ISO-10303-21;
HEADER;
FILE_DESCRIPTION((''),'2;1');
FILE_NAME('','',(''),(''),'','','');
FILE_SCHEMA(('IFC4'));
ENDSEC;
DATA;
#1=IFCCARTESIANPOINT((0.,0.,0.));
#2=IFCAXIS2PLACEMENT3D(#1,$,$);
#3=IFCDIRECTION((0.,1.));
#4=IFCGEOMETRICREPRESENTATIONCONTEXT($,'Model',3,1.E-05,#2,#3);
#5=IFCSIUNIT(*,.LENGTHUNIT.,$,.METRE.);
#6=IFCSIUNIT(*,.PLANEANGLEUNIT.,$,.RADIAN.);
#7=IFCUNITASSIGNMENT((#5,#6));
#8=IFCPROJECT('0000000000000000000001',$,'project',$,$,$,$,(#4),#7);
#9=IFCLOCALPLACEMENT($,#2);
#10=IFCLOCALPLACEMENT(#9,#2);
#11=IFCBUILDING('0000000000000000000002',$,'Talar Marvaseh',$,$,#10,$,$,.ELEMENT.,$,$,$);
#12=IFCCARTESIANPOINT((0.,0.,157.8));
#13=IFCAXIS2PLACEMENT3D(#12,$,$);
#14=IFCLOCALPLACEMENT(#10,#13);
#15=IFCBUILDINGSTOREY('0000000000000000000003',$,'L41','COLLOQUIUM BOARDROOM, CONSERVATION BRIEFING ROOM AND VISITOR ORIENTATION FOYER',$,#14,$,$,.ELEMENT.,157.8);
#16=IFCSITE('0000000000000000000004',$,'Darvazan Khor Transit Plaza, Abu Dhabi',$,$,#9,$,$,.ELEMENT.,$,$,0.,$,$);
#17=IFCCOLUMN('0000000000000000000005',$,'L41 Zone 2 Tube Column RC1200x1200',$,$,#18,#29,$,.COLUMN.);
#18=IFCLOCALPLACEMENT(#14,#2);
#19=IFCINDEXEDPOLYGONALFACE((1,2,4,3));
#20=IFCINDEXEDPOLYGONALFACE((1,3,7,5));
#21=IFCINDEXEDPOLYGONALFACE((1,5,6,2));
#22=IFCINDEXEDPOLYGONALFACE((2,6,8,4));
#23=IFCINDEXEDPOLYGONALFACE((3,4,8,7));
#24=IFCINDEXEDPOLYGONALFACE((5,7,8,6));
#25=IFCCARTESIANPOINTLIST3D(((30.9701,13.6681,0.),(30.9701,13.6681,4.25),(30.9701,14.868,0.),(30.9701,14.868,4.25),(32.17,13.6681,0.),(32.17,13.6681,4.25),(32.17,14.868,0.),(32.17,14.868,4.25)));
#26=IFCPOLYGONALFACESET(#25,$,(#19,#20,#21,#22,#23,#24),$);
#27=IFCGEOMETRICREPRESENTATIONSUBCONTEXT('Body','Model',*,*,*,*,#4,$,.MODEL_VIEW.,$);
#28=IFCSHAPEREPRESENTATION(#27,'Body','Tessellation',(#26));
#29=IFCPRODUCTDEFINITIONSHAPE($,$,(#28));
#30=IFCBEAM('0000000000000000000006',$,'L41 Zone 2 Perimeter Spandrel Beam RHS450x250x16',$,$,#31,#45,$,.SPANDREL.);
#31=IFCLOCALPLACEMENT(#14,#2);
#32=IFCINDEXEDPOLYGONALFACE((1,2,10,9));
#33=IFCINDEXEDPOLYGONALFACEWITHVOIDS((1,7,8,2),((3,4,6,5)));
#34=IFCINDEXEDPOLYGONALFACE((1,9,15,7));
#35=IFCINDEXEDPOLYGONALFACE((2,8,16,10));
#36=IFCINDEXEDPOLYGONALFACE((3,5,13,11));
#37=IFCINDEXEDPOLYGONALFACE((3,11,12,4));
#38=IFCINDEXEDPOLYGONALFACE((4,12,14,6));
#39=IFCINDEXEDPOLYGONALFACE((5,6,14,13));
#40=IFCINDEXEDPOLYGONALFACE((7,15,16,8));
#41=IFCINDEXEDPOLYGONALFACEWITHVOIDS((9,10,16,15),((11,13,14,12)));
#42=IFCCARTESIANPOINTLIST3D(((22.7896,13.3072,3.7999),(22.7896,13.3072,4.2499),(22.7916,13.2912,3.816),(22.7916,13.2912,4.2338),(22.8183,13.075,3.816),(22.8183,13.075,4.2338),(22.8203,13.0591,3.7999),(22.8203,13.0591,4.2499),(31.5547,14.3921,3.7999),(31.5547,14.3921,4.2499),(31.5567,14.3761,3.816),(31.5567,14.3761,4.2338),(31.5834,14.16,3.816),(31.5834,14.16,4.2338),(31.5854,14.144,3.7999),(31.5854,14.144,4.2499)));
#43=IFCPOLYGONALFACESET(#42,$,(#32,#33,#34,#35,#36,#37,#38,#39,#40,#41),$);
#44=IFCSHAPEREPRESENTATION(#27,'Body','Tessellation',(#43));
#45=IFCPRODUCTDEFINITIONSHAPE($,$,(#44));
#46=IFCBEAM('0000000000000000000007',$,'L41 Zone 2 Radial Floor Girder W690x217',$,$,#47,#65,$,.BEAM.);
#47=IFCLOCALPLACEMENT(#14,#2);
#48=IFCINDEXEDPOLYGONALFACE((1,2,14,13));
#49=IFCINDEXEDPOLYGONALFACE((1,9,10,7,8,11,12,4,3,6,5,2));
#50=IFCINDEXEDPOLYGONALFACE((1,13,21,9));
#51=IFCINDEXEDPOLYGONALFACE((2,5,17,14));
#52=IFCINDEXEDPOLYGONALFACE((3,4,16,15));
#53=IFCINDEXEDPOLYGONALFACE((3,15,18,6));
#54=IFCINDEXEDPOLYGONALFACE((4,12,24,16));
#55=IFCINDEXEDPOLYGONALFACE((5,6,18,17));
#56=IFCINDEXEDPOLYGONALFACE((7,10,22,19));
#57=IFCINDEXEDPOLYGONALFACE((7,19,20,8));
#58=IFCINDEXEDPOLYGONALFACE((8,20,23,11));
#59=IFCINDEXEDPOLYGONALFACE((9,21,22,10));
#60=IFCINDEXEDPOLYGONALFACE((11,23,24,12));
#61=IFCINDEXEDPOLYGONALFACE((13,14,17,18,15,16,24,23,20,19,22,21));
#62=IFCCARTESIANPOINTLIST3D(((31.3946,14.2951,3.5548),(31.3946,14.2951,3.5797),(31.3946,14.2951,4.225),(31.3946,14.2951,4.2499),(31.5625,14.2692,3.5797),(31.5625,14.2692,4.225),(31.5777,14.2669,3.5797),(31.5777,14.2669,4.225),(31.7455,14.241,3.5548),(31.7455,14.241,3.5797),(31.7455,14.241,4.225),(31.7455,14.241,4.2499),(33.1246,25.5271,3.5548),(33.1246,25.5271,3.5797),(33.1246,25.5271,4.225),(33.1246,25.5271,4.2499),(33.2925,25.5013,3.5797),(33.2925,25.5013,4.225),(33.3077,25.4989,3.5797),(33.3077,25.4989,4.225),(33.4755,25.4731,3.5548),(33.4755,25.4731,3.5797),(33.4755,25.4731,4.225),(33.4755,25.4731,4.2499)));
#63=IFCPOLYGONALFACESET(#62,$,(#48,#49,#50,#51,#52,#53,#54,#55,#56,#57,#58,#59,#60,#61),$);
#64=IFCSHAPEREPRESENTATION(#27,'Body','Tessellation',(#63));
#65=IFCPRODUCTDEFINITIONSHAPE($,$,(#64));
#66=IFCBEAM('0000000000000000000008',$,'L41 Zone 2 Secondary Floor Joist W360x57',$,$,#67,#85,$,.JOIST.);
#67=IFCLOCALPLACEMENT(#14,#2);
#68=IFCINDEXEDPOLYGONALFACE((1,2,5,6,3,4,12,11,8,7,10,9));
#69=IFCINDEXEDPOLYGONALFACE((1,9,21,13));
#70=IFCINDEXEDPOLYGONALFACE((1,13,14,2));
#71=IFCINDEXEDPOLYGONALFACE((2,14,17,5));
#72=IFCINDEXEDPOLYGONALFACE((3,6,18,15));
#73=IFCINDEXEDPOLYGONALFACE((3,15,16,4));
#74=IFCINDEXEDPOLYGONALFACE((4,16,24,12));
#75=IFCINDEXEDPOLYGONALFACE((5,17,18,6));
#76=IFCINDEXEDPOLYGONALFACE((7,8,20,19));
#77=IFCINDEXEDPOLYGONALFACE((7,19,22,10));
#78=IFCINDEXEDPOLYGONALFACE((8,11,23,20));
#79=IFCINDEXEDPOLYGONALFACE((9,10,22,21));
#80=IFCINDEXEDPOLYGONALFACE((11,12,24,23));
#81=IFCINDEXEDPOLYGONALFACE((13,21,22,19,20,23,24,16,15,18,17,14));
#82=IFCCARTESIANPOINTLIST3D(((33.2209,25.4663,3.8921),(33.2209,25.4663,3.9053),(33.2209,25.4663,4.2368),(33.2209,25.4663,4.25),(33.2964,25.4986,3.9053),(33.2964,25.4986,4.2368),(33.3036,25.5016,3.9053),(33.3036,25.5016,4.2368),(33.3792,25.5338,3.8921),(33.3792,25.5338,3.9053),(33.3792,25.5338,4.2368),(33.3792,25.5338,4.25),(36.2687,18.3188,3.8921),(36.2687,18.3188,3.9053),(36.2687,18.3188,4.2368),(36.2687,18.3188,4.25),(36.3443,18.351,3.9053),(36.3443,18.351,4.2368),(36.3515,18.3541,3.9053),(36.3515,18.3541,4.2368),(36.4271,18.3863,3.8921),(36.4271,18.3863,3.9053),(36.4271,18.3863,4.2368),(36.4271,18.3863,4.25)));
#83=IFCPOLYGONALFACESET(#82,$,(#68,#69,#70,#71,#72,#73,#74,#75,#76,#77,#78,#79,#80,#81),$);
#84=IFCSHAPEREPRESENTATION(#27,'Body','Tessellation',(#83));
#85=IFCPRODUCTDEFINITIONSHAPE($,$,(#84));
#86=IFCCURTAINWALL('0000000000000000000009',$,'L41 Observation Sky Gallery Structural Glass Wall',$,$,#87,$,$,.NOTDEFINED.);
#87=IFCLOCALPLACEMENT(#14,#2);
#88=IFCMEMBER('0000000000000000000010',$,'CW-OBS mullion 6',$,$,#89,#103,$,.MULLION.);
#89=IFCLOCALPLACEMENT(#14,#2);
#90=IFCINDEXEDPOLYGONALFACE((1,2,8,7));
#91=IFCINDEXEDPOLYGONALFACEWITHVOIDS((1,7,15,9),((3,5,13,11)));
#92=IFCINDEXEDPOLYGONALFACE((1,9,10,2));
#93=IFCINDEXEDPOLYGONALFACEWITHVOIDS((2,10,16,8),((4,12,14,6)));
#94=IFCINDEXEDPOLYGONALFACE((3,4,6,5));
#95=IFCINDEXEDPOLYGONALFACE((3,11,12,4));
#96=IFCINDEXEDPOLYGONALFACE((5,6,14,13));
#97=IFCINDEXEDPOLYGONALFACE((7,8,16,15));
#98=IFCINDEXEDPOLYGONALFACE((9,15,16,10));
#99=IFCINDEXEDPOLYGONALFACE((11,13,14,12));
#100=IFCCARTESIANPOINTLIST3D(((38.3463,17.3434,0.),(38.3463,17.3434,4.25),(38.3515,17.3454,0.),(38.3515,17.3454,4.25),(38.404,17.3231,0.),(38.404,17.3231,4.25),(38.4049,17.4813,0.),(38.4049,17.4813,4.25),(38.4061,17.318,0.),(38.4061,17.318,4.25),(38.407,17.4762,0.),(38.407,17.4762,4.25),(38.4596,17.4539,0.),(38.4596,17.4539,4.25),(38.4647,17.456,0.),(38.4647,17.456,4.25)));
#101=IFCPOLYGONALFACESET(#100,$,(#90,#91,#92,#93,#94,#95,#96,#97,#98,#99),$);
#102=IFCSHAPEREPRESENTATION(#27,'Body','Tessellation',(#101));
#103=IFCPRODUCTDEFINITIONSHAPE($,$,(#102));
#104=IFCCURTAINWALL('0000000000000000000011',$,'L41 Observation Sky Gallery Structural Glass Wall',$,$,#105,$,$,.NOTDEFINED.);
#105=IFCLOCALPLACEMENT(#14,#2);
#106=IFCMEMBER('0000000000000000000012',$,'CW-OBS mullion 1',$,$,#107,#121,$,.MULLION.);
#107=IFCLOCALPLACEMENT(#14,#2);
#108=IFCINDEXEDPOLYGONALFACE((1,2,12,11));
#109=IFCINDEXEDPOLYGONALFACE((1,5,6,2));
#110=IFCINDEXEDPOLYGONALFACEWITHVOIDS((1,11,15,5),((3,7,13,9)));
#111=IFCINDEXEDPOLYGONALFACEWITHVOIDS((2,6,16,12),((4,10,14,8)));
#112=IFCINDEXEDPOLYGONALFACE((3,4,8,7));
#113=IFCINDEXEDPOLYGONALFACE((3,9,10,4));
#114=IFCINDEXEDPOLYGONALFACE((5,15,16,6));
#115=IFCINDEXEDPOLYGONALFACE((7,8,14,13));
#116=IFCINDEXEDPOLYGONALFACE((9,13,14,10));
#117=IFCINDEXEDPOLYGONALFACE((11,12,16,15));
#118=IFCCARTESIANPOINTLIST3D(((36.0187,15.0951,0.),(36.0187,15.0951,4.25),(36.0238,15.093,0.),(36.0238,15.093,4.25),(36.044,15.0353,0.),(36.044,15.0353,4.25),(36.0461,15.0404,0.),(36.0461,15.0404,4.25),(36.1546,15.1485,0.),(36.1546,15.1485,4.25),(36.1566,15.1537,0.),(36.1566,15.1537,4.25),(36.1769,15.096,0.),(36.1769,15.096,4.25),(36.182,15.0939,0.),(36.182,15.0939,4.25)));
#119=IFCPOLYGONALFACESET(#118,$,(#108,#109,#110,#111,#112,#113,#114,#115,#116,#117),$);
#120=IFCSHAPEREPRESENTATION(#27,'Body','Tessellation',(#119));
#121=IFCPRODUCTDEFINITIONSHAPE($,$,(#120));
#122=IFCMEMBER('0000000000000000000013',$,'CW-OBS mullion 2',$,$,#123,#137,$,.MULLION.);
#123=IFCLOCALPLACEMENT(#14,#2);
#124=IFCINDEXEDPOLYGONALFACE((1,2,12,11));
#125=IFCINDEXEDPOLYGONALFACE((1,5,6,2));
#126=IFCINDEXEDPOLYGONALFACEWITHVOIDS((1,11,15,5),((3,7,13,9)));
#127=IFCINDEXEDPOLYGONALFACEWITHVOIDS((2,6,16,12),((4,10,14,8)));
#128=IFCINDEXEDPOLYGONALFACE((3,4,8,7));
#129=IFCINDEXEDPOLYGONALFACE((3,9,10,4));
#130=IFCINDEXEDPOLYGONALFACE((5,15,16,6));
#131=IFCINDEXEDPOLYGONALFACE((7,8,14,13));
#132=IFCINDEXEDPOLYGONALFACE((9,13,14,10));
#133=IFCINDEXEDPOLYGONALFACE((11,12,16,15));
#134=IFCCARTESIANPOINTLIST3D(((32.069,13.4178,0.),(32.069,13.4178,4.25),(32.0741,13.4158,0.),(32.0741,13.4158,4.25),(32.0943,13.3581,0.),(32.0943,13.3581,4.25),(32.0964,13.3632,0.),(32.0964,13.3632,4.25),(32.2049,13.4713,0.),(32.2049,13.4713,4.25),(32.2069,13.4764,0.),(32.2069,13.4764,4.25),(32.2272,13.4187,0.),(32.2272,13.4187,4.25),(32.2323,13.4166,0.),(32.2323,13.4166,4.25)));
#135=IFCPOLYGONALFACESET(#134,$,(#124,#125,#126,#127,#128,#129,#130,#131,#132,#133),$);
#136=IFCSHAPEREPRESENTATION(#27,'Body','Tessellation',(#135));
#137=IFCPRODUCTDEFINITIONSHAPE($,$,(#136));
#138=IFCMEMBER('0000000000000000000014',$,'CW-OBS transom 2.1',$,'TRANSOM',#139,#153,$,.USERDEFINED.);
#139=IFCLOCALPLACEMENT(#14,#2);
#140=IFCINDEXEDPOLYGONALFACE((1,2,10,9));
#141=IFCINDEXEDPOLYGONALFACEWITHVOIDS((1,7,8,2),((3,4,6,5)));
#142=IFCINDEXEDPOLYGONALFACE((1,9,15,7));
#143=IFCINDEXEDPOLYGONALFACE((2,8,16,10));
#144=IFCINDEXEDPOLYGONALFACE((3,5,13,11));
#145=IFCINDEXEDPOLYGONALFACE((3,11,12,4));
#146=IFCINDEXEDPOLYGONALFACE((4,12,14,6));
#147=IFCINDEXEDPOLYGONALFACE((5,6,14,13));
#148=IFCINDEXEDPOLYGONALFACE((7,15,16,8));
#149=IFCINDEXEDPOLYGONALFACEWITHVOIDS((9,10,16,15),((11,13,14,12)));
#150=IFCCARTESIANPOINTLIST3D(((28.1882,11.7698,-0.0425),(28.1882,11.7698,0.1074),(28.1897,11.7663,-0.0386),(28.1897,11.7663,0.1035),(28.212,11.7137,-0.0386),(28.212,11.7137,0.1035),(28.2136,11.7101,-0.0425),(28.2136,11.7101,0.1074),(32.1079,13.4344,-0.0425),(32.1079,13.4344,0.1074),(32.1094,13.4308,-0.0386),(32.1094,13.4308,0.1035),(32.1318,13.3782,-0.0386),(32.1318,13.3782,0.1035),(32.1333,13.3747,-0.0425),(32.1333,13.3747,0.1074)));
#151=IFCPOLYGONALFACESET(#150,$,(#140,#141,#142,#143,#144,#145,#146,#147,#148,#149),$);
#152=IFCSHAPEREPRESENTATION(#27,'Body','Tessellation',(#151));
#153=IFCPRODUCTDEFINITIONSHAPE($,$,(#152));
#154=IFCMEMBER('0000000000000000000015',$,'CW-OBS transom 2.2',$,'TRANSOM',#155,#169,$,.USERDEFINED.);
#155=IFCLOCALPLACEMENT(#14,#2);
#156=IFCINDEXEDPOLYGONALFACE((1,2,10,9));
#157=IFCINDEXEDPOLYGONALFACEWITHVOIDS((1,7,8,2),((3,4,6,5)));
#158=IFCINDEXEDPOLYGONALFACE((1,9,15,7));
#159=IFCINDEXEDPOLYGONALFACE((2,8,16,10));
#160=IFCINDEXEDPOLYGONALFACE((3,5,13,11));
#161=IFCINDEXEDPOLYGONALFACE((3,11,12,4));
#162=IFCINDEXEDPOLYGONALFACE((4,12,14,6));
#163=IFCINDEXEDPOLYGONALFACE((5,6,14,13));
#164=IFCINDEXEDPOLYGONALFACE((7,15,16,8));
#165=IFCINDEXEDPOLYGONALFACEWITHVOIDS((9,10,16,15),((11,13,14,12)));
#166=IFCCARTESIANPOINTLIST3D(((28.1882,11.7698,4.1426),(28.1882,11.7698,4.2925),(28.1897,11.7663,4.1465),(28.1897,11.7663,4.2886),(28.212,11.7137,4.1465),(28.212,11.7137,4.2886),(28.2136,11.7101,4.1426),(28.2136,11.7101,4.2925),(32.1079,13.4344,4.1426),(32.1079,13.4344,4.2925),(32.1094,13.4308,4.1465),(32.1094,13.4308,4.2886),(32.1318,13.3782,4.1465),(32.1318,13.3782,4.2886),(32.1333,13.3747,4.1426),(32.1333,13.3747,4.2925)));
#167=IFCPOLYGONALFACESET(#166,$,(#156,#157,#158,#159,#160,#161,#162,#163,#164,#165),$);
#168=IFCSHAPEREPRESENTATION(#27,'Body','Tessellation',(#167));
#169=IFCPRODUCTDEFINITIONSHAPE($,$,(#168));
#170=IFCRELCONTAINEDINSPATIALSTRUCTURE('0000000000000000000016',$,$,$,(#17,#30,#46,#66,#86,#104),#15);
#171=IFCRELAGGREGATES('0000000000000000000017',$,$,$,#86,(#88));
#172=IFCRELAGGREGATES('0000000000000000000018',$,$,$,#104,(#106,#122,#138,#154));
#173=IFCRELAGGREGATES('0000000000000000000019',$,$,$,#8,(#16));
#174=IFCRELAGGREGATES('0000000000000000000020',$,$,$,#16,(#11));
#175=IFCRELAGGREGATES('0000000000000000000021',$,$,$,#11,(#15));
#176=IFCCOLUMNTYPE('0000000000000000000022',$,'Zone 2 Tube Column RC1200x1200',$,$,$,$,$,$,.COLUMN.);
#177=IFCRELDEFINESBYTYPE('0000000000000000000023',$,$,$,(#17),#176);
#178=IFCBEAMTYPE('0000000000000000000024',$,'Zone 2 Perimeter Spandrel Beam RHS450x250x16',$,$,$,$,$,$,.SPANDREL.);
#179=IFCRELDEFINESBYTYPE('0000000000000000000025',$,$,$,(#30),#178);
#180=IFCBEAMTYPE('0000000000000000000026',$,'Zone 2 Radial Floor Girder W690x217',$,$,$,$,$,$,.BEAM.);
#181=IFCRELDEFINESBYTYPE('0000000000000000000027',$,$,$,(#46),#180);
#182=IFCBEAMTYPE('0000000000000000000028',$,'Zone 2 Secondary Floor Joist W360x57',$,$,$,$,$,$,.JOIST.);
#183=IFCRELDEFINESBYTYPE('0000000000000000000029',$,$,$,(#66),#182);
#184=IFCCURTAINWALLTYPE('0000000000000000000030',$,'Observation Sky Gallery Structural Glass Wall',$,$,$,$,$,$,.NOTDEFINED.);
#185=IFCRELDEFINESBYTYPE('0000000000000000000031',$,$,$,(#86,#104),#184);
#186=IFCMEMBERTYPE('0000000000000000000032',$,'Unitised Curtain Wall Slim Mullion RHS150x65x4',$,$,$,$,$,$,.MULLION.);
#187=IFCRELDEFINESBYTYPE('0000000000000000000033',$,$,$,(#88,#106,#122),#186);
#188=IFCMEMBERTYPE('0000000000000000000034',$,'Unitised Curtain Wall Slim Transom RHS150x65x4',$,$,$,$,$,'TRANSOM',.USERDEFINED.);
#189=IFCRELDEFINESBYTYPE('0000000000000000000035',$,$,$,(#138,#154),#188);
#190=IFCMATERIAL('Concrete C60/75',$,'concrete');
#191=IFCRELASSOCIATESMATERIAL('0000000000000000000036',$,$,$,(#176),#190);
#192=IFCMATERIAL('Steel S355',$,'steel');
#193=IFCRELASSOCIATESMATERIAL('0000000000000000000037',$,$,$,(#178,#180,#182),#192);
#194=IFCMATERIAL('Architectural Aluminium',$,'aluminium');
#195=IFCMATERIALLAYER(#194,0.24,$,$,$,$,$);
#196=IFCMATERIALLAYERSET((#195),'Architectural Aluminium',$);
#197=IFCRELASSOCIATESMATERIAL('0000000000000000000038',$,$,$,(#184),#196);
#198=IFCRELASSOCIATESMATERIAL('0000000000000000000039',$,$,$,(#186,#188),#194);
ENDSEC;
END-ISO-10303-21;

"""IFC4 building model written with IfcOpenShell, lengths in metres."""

from ifc_helpers import new_model, si_unit, direction, frame, origin, origin_2d, place, context, subcontext, project, spatial, rectangle, hollow_rectangle, i_section, extrude, source, transform, mapped, material, layer, layer_set, material_profile, profile_set, type_object, type_shapes, element, aggregate, save


model = new_model("IFC4")

# Units and contexts
model_context = context("Model", 3, precision=1e-05, world=origin(), true_north=direction((0.0, 1.0)))
body_context = subcontext(model_context, "Body", "Model", "MODEL_VIEW")
ifc_project = project(units=[si_unit("LENGTHUNIT", "METRE"), si_unit("PLANEANGLEUNIT", "RADIAN")], contexts=[model_context])

# Site, building, storey
site_placement = place(None, origin())
site = spatial("IfcSite", under=ifc_project, at=site_placement, Name="Darvazan Khor Transit Plaza, Abu Dhabi", CompositionType="ELEMENT", RefElevation=0.0)
building_placement = place(site_placement, origin())
building = spatial("IfcBuilding", under=site, at=building_placement, Name="Talar Marvaseh", CompositionType="ELEMENT")
storey_placement = place(building_placement, frame((0.0, 0.0, 157.8)))
storey = spatial("IfcBuildingStorey", under=building, at=storey_placement, Name="L41", Description="COLLOQUIUM BOARDROOM, CONSERVATION BRIEFING ROOM AND VISITOR ORIENTATION FOYER", CompositionType="ELEMENT", Elevation=157.8)

# Column
ifc_material_1 = material(Name="Concrete C60/75", Category="concrete")
ifc_material_profile_1 = material_profile(ifc_material_1, rectangle(XDim=1.2, YDim=1.2, at=origin_2d()), Name="RC1200x1200")
ifc_profile_set_1 = profile_set([ifc_material_profile_1], Name="Concrete C60/75")
column_type = type_object("IfcColumnType", Name="Zone 2 Tube Column RC1200x1200", PredefinedType="COLUMN", material=ifc_profile_set_1)
column_placement = place(storey_placement, frame((31.5701, 14.2681, 0.0), z_axis=(0.0, 0.0, 1.0), x_axis=(1.0, 0.0, 0.0)))
element("IfcColumn", 1, at=column_placement, inside=storey, type_object=column_type, Name="L41 Zone 2 Tube Column RC1200x1200", PredefinedType="COLUMN", context=body_context, shape_type="SweptSolid", body=[
    extrude(rectangle(XDim=1.2, YDim=1.2, at=origin_2d()), origin(), (0.0, 0.0, 1.0), 4.25),
])

# Beams
ifc_material_2 = material(Name="Steel S355", Category="steel")
ifc_material_profile_2 = material_profile(ifc_material_2, hollow_rectangle(XDim=0.25, YDim=0.45, WallThickness=0.0161, at=origin_2d()), Name="RHS450x250x16")
ifc_profile_set_2 = profile_set([ifc_material_profile_2], Name="Steel S355")
beam_type_1 = type_object("IfcBeamType", Name="Zone 2 Perimeter Spandrel Beam RHS450x250x16", PredefinedType="SPANDREL", material=ifc_profile_set_2)
beam_1_placement = place(storey_placement, frame((31.5701, 14.2681, 4.0249), z_axis=(-0.992426, -0.122844, 0.0), x_axis=(0.122844, -0.992426, 0.0)))
element("IfcBeam", 2, at=beam_1_placement, inside=storey, type_object=beam_type_1, Name="L41 Zone 2 Perimeter Spandrel Beam RHS450x250x16", PredefinedType="SPANDREL", context=body_context, shape_type="SweptSolid", body=[
    extrude(hollow_rectangle(XDim=0.25, YDim=0.45, WallThickness=0.0161, at=origin_2d()), origin(), (0.0, 0.0, 1.0), 8.832),
])
ifc_material_profile_3 = material_profile(ifc_material_2, i_section(OverallWidth=0.355, OverallDepth=0.6951, WebThickness=0.0154, FlangeThickness=0.0249, at=origin_2d()), Name="W690x217")
ifc_profile_set_3 = profile_set([ifc_material_profile_3], Name="Steel S355")
beam_type_2 = type_object("IfcBeamType", Name="Zone 2 Radial Floor Girder W690x217", PredefinedType="BEAM", material=ifc_profile_set_3)
beam_2_placement = place(storey_placement, frame((31.5701, 14.2681, 3.9023), z_axis=(0.152228, 0.988345, 0.0), x_axis=(-0.988345, 0.152228, 0.0)))
element("IfcBeam", 3, at=beam_2_placement, inside=storey, type_object=beam_type_2, Name="L41 Zone 2 Radial Floor Girder W690x217", PredefinedType="BEAM", context=body_context, shape_type="SweptSolid", body=[
    extrude(i_section(OverallWidth=0.355, OverallDepth=0.6951, WebThickness=0.0154, FlangeThickness=0.0249, at=origin_2d()), origin(), (0.0, 0.0, 1.0), 11.3645),
])
ifc_material_profile_4 = material_profile(ifc_material_2, i_section(OverallWidth=0.1721, OverallDepth=0.3579, WebThickness=0.0078, FlangeThickness=0.0132, at=origin_2d()), Name="W360x57")
ifc_profile_set_4 = profile_set([ifc_material_profile_4], Name="Steel S355")
beam_type_3 = type_object("IfcBeamType", Name="Zone 2 Secondary Floor Joist W360x57", PredefinedType="JOIST", material=ifc_profile_set_4)
beam_3_placement = place(storey_placement, frame((36.3479, 18.3525, 4.071), z_axis=(-0.39225, 0.919859, 0.0), x_axis=(-0.919859, -0.39225, 0.0)))
element("IfcBeam", 4, at=beam_3_placement, inside=storey, type_object=beam_type_3, Name="L41 Zone 2 Secondary Floor Joist W360x57", PredefinedType="JOIST", context=body_context, shape_type="SweptSolid", body=[
    extrude(i_section(OverallWidth=0.1721, OverallDepth=0.3579, WebThickness=0.0078, FlangeThickness=0.0132, at=origin_2d()), origin(), (0.0, 0.0, 1.0), 7.7703),
])

# Curtain wall, member
ifc_material_3 = material(Name="Architectural Aluminium", Category="aluminium")
ifc_layer_1 = layer(ifc_material_3, 0.24)
ifc_layer_set_1 = layer_set([ifc_layer_1], Name="Architectural Aluminium")
curtain_wall_type = type_object("IfcCurtainWallType", Name="Observation Sky Gallery Structural Glass Wall", PredefinedType="NOTDEFINED", material=ifc_layer_set_1)
curtain_wall_1_placement = place(storey_placement, origin())
curtain_wall_1 = element("IfcCurtainWall", 5, at=curtain_wall_1_placement, inside=storey, type_object=curtain_wall_type, Name="L41 Observation Sky Gallery Structural Glass Wall", PredefinedType="NOTDEFINED")
ifc_material_profile_5 = material_profile(ifc_material_3, hollow_rectangle(XDim=0.0649, YDim=0.1499, WallThickness=0.0039, at=origin_2d()), Name="RHS150x65x4")
ifc_profile_set_5 = profile_set([ifc_material_profile_5], Name="Architectural Aluminium")
member_type_1 = type_object("IfcMemberType", Name="Unitised Curtain Wall Slim Mullion RHS150x65x4", PredefinedType="MULLION", material=ifc_profile_set_5)
shared_shape_1 = source(origin(), body_context, "Body", "SweptSolid", [
    extrude(hollow_rectangle(XDim=0.0649, YDim=0.1499, WallThickness=0.0039, at=origin_2d()), origin(), (0.0, 0.0, 1.0), 4.25),
])
type_shapes(member_type_1, [shared_shape_1])
member_1_placement = place(storey_placement, frame((38.4055, 17.3997, 0.0), z_axis=(0.0, 0.0, 1.0), x_axis=(0.920444, -0.390874, 0.0)))
member_1 = element("IfcMember", 6, at=member_1_placement, type_object=member_type_1, Name="CW-OBS mullion 6", PredefinedType="MULLION", context=body_context, shape_type="MappedRepresentation", body=[
    mapped(shared_shape_1, transform((0.0, 0.0, 0.0), x_axis=(1.0, 0.0, 0.0), y_axis=(0.0, 1.0, 0.0), z_axis=(0.0, 0.0, 1.0), scale=1.0)),
])
aggregate(curtain_wall_1, [member_1])

# Curtain wall, members
curtain_wall_2_placement = place(storey_placement, origin())
curtain_wall_2 = element("IfcCurtainWall", 7, at=curtain_wall_2_placement, inside=storey, type_object=curtain_wall_type, Name="L41 Observation Sky Gallery Structural Glass Wall", PredefinedType="NOTDEFINED")
member_2_placement = place(storey_placement, frame((36.1003, 15.0945, 0.0), z_axis=(0.0, 0.0, 1.0), x_axis=(0.390874, -0.920444, 0.0)))
member_2 = element("IfcMember", 8, at=member_2_placement, type_object=member_type_1, Name="CW-OBS mullion 1", PredefinedType="MULLION", context=body_context, shape_type="MappedRepresentation", body=[
    mapped(shared_shape_1, transform((0.0, 0.0, 0.0), x_axis=(1.0, 0.0, 0.0), y_axis=(0.0, 1.0, 0.0), z_axis=(0.0, 0.0, 1.0), scale=1.0)),
])
member_3_placement = place(storey_placement, frame((32.1506, 13.4172, 0.0), z_axis=(0.0, 0.0, 1.0), x_axis=(0.390874, -0.920444, 0.0)))
member_3 = element("IfcMember", 9, at=member_3_placement, type_object=member_type_1, Name="CW-OBS mullion 2", PredefinedType="MULLION", context=body_context, shape_type="MappedRepresentation", body=[
    mapped(shared_shape_1, transform((0.0, 0.0, 0.0), x_axis=(1.0, 0.0, 0.0), y_axis=(0.0, 1.0, 0.0), z_axis=(0.0, 0.0, 1.0), scale=1.0)),
])
ifc_material_profile_6 = material_profile(ifc_material_3, hollow_rectangle(XDim=0.0649, YDim=0.1499, WallThickness=0.0039, at=origin_2d()), Name="RHS150x65x4")
ifc_profile_set_6 = profile_set([ifc_material_profile_6], Name="Architectural Aluminium")
member_type_2 = type_object("IfcMemberType", Name="Unitised Curtain Wall Slim Transom RHS150x65x4", ElementType="TRANSOM", PredefinedType="USERDEFINED", material=ifc_profile_set_6)
shared_shape_2 = source(origin(), body_context, "Body", "SweptSolid", [
    extrude(hollow_rectangle(XDim=0.0649, YDim=0.1499, WallThickness=0.0039, at=origin_2d()), origin(), (0.0, 0.0, 1.0), 4.2585),
])
member_4_placement = place(storey_placement, frame((32.1206, 13.4045, 0.0325), z_axis=(-0.920442, -0.39088, 0.0), x_axis=(0.39088, -0.920442, 0.0)))
member_4 = element("IfcMember", 10, at=member_4_placement, type_object=member_type_2, Name="CW-OBS transom 2.1", ObjectType="TRANSOM", PredefinedType="USERDEFINED", context=body_context, shape_type="MappedRepresentation", body=[
    mapped(shared_shape_2, transform((0.0, 0.0, 0.0), x_axis=(1.0, 0.0, 0.0), y_axis=(0.0, 1.0, 0.0), z_axis=(0.0, 0.0, 1.0), scale=1.0)),
])
member_5_placement = place(storey_placement, frame((32.1206, 13.4045, 4.2175), z_axis=(-0.920442, -0.39088, 0.0), x_axis=(0.39088, -0.920442, 0.0)))
member_5 = element("IfcMember", 11, at=member_5_placement, type_object=member_type_2, Name="CW-OBS transom 2.2", ObjectType="TRANSOM", PredefinedType="USERDEFINED", context=body_context, shape_type="MappedRepresentation", body=[
    mapped(shared_shape_2, transform((0.0, 0.0, 0.0), x_axis=(1.0, 0.0, 0.0), y_axis=(0.0, 1.0, 0.0), z_axis=(0.0, 0.0, 1.0), scale=1.0)),
])
aggregate(curtain_wall_2, [member_2, member_3, member_4, member_5])

save(model, "model.ifc")
